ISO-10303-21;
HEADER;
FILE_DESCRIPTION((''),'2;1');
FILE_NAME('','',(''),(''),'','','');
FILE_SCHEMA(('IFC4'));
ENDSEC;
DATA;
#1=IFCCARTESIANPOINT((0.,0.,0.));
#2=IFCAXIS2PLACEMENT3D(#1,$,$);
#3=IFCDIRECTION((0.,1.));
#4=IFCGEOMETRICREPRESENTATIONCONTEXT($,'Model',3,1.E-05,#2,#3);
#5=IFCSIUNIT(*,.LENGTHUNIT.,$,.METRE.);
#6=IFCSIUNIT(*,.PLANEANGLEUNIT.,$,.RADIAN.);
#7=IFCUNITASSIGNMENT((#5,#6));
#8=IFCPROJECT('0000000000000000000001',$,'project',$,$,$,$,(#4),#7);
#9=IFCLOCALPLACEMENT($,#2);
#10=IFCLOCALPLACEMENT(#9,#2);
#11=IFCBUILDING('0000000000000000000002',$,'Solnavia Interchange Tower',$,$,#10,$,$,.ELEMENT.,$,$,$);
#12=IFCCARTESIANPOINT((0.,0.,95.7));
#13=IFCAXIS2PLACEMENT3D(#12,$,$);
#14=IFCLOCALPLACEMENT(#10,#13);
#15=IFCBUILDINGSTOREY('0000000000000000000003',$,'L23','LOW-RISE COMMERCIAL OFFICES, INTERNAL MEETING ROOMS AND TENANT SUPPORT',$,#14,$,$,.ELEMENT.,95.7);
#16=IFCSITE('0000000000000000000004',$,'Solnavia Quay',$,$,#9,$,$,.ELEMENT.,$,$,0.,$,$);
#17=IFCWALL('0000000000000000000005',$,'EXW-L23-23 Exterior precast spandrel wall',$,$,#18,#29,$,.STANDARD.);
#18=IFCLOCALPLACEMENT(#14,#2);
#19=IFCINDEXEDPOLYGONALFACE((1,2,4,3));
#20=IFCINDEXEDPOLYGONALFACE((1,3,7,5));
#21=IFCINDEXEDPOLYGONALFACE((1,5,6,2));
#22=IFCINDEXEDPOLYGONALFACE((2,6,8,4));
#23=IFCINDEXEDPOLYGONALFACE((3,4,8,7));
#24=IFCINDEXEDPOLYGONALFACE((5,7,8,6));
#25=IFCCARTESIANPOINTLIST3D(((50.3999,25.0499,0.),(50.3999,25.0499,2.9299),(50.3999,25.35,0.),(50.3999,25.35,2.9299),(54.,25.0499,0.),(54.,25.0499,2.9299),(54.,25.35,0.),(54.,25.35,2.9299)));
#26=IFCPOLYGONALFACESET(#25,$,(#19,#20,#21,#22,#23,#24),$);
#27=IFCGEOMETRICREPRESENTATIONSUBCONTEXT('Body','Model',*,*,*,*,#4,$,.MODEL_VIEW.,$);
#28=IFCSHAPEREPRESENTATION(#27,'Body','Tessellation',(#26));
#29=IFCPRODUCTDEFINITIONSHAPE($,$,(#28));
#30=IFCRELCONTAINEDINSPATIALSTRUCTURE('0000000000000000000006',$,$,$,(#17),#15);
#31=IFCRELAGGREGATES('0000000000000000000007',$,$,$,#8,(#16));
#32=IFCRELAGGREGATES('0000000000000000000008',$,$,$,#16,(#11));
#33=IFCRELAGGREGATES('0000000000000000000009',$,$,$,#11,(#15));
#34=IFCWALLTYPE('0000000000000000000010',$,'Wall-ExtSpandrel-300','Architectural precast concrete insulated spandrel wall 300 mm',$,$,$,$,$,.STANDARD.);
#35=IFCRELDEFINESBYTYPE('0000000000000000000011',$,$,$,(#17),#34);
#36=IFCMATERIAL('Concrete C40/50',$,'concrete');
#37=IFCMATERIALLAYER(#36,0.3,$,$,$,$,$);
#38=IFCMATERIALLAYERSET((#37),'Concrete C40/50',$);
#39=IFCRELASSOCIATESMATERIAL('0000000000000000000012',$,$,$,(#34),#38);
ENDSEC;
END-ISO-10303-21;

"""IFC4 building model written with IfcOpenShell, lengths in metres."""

from ifc_helpers import new_model, si_unit, direction, frame, frame_2d, origin, place, context, subcontext, project, spatial, rectangle, extrude, material, layer, layer_set, type_object, element, save


model = new_model("IFC4")

# Units and contexts
model_context = context("Model", 3, precision=1e-05, world=origin(), true_north=direction((0.0, 1.0)))
body_context = subcontext(model_context, "Body", "Model", "MODEL_VIEW")
ifc_project = project(units=[si_unit("LENGTHUNIT", "METRE"), si_unit("PLANEANGLEUNIT", "RADIAN")], contexts=[model_context])

# Site, building, storey
site_placement = place(None, origin())
site = spatial("IfcSite", under=ifc_project, at=site_placement, Name="Solnavia Quay", CompositionType="ELEMENT", RefElevation=0.0)
building_placement = place(site_placement, origin())
building = spatial("IfcBuilding", under=site, at=building_placement, Name="Solnavia Interchange Tower", CompositionType="ELEMENT")
storey_placement = place(building_placement, frame((0.0, 0.0, 95.7)))
storey = spatial("IfcBuildingStorey", under=building, at=storey_placement, Name="L23", Description="LOW-RISE COMMERCIAL OFFICES, INTERNAL MEETING ROOMS AND TENANT SUPPORT", CompositionType="ELEMENT", Elevation=95.7)

# Shared definitions
ifc_material_1 = material(Name="Concrete C40/50", Category="concrete")
ifc_layer_1 = layer(ifc_material_1, 0.3)
ifc_layer_set_1 = layer_set([ifc_layer_1], Name="Concrete C40/50")
wall_type_1 = type_object("IfcWallType", Name="Wall-ExtSpandrel-300", Description="Architectural precast concrete insulated spandrel wall 300 mm", PredefinedType="STANDARD", material=ifc_layer_set_1)

# Wall
wall_1_placement = place(storey_placement, frame((50.3999, 25.2, 0.0), z_axis=(0.0, 0.0, 1.0), x_axis=(1.0, 0.0, 0.0)))
element("IfcWall", 1, at=wall_1_placement, inside=storey, type_object=wall_type_1, Name="EXW-L23-23 Exterior precast spandrel wall", PredefinedType="STANDARD", context=body_context, shape_type="SweptSolid", body=[
    extrude(rectangle(XDim=3.6001, YDim=0.3, at=frame_2d((1.8, 0.0))), origin(), (0.0, 0.0, 1.0), 2.9299),
])

save(model, "model.ifc")
